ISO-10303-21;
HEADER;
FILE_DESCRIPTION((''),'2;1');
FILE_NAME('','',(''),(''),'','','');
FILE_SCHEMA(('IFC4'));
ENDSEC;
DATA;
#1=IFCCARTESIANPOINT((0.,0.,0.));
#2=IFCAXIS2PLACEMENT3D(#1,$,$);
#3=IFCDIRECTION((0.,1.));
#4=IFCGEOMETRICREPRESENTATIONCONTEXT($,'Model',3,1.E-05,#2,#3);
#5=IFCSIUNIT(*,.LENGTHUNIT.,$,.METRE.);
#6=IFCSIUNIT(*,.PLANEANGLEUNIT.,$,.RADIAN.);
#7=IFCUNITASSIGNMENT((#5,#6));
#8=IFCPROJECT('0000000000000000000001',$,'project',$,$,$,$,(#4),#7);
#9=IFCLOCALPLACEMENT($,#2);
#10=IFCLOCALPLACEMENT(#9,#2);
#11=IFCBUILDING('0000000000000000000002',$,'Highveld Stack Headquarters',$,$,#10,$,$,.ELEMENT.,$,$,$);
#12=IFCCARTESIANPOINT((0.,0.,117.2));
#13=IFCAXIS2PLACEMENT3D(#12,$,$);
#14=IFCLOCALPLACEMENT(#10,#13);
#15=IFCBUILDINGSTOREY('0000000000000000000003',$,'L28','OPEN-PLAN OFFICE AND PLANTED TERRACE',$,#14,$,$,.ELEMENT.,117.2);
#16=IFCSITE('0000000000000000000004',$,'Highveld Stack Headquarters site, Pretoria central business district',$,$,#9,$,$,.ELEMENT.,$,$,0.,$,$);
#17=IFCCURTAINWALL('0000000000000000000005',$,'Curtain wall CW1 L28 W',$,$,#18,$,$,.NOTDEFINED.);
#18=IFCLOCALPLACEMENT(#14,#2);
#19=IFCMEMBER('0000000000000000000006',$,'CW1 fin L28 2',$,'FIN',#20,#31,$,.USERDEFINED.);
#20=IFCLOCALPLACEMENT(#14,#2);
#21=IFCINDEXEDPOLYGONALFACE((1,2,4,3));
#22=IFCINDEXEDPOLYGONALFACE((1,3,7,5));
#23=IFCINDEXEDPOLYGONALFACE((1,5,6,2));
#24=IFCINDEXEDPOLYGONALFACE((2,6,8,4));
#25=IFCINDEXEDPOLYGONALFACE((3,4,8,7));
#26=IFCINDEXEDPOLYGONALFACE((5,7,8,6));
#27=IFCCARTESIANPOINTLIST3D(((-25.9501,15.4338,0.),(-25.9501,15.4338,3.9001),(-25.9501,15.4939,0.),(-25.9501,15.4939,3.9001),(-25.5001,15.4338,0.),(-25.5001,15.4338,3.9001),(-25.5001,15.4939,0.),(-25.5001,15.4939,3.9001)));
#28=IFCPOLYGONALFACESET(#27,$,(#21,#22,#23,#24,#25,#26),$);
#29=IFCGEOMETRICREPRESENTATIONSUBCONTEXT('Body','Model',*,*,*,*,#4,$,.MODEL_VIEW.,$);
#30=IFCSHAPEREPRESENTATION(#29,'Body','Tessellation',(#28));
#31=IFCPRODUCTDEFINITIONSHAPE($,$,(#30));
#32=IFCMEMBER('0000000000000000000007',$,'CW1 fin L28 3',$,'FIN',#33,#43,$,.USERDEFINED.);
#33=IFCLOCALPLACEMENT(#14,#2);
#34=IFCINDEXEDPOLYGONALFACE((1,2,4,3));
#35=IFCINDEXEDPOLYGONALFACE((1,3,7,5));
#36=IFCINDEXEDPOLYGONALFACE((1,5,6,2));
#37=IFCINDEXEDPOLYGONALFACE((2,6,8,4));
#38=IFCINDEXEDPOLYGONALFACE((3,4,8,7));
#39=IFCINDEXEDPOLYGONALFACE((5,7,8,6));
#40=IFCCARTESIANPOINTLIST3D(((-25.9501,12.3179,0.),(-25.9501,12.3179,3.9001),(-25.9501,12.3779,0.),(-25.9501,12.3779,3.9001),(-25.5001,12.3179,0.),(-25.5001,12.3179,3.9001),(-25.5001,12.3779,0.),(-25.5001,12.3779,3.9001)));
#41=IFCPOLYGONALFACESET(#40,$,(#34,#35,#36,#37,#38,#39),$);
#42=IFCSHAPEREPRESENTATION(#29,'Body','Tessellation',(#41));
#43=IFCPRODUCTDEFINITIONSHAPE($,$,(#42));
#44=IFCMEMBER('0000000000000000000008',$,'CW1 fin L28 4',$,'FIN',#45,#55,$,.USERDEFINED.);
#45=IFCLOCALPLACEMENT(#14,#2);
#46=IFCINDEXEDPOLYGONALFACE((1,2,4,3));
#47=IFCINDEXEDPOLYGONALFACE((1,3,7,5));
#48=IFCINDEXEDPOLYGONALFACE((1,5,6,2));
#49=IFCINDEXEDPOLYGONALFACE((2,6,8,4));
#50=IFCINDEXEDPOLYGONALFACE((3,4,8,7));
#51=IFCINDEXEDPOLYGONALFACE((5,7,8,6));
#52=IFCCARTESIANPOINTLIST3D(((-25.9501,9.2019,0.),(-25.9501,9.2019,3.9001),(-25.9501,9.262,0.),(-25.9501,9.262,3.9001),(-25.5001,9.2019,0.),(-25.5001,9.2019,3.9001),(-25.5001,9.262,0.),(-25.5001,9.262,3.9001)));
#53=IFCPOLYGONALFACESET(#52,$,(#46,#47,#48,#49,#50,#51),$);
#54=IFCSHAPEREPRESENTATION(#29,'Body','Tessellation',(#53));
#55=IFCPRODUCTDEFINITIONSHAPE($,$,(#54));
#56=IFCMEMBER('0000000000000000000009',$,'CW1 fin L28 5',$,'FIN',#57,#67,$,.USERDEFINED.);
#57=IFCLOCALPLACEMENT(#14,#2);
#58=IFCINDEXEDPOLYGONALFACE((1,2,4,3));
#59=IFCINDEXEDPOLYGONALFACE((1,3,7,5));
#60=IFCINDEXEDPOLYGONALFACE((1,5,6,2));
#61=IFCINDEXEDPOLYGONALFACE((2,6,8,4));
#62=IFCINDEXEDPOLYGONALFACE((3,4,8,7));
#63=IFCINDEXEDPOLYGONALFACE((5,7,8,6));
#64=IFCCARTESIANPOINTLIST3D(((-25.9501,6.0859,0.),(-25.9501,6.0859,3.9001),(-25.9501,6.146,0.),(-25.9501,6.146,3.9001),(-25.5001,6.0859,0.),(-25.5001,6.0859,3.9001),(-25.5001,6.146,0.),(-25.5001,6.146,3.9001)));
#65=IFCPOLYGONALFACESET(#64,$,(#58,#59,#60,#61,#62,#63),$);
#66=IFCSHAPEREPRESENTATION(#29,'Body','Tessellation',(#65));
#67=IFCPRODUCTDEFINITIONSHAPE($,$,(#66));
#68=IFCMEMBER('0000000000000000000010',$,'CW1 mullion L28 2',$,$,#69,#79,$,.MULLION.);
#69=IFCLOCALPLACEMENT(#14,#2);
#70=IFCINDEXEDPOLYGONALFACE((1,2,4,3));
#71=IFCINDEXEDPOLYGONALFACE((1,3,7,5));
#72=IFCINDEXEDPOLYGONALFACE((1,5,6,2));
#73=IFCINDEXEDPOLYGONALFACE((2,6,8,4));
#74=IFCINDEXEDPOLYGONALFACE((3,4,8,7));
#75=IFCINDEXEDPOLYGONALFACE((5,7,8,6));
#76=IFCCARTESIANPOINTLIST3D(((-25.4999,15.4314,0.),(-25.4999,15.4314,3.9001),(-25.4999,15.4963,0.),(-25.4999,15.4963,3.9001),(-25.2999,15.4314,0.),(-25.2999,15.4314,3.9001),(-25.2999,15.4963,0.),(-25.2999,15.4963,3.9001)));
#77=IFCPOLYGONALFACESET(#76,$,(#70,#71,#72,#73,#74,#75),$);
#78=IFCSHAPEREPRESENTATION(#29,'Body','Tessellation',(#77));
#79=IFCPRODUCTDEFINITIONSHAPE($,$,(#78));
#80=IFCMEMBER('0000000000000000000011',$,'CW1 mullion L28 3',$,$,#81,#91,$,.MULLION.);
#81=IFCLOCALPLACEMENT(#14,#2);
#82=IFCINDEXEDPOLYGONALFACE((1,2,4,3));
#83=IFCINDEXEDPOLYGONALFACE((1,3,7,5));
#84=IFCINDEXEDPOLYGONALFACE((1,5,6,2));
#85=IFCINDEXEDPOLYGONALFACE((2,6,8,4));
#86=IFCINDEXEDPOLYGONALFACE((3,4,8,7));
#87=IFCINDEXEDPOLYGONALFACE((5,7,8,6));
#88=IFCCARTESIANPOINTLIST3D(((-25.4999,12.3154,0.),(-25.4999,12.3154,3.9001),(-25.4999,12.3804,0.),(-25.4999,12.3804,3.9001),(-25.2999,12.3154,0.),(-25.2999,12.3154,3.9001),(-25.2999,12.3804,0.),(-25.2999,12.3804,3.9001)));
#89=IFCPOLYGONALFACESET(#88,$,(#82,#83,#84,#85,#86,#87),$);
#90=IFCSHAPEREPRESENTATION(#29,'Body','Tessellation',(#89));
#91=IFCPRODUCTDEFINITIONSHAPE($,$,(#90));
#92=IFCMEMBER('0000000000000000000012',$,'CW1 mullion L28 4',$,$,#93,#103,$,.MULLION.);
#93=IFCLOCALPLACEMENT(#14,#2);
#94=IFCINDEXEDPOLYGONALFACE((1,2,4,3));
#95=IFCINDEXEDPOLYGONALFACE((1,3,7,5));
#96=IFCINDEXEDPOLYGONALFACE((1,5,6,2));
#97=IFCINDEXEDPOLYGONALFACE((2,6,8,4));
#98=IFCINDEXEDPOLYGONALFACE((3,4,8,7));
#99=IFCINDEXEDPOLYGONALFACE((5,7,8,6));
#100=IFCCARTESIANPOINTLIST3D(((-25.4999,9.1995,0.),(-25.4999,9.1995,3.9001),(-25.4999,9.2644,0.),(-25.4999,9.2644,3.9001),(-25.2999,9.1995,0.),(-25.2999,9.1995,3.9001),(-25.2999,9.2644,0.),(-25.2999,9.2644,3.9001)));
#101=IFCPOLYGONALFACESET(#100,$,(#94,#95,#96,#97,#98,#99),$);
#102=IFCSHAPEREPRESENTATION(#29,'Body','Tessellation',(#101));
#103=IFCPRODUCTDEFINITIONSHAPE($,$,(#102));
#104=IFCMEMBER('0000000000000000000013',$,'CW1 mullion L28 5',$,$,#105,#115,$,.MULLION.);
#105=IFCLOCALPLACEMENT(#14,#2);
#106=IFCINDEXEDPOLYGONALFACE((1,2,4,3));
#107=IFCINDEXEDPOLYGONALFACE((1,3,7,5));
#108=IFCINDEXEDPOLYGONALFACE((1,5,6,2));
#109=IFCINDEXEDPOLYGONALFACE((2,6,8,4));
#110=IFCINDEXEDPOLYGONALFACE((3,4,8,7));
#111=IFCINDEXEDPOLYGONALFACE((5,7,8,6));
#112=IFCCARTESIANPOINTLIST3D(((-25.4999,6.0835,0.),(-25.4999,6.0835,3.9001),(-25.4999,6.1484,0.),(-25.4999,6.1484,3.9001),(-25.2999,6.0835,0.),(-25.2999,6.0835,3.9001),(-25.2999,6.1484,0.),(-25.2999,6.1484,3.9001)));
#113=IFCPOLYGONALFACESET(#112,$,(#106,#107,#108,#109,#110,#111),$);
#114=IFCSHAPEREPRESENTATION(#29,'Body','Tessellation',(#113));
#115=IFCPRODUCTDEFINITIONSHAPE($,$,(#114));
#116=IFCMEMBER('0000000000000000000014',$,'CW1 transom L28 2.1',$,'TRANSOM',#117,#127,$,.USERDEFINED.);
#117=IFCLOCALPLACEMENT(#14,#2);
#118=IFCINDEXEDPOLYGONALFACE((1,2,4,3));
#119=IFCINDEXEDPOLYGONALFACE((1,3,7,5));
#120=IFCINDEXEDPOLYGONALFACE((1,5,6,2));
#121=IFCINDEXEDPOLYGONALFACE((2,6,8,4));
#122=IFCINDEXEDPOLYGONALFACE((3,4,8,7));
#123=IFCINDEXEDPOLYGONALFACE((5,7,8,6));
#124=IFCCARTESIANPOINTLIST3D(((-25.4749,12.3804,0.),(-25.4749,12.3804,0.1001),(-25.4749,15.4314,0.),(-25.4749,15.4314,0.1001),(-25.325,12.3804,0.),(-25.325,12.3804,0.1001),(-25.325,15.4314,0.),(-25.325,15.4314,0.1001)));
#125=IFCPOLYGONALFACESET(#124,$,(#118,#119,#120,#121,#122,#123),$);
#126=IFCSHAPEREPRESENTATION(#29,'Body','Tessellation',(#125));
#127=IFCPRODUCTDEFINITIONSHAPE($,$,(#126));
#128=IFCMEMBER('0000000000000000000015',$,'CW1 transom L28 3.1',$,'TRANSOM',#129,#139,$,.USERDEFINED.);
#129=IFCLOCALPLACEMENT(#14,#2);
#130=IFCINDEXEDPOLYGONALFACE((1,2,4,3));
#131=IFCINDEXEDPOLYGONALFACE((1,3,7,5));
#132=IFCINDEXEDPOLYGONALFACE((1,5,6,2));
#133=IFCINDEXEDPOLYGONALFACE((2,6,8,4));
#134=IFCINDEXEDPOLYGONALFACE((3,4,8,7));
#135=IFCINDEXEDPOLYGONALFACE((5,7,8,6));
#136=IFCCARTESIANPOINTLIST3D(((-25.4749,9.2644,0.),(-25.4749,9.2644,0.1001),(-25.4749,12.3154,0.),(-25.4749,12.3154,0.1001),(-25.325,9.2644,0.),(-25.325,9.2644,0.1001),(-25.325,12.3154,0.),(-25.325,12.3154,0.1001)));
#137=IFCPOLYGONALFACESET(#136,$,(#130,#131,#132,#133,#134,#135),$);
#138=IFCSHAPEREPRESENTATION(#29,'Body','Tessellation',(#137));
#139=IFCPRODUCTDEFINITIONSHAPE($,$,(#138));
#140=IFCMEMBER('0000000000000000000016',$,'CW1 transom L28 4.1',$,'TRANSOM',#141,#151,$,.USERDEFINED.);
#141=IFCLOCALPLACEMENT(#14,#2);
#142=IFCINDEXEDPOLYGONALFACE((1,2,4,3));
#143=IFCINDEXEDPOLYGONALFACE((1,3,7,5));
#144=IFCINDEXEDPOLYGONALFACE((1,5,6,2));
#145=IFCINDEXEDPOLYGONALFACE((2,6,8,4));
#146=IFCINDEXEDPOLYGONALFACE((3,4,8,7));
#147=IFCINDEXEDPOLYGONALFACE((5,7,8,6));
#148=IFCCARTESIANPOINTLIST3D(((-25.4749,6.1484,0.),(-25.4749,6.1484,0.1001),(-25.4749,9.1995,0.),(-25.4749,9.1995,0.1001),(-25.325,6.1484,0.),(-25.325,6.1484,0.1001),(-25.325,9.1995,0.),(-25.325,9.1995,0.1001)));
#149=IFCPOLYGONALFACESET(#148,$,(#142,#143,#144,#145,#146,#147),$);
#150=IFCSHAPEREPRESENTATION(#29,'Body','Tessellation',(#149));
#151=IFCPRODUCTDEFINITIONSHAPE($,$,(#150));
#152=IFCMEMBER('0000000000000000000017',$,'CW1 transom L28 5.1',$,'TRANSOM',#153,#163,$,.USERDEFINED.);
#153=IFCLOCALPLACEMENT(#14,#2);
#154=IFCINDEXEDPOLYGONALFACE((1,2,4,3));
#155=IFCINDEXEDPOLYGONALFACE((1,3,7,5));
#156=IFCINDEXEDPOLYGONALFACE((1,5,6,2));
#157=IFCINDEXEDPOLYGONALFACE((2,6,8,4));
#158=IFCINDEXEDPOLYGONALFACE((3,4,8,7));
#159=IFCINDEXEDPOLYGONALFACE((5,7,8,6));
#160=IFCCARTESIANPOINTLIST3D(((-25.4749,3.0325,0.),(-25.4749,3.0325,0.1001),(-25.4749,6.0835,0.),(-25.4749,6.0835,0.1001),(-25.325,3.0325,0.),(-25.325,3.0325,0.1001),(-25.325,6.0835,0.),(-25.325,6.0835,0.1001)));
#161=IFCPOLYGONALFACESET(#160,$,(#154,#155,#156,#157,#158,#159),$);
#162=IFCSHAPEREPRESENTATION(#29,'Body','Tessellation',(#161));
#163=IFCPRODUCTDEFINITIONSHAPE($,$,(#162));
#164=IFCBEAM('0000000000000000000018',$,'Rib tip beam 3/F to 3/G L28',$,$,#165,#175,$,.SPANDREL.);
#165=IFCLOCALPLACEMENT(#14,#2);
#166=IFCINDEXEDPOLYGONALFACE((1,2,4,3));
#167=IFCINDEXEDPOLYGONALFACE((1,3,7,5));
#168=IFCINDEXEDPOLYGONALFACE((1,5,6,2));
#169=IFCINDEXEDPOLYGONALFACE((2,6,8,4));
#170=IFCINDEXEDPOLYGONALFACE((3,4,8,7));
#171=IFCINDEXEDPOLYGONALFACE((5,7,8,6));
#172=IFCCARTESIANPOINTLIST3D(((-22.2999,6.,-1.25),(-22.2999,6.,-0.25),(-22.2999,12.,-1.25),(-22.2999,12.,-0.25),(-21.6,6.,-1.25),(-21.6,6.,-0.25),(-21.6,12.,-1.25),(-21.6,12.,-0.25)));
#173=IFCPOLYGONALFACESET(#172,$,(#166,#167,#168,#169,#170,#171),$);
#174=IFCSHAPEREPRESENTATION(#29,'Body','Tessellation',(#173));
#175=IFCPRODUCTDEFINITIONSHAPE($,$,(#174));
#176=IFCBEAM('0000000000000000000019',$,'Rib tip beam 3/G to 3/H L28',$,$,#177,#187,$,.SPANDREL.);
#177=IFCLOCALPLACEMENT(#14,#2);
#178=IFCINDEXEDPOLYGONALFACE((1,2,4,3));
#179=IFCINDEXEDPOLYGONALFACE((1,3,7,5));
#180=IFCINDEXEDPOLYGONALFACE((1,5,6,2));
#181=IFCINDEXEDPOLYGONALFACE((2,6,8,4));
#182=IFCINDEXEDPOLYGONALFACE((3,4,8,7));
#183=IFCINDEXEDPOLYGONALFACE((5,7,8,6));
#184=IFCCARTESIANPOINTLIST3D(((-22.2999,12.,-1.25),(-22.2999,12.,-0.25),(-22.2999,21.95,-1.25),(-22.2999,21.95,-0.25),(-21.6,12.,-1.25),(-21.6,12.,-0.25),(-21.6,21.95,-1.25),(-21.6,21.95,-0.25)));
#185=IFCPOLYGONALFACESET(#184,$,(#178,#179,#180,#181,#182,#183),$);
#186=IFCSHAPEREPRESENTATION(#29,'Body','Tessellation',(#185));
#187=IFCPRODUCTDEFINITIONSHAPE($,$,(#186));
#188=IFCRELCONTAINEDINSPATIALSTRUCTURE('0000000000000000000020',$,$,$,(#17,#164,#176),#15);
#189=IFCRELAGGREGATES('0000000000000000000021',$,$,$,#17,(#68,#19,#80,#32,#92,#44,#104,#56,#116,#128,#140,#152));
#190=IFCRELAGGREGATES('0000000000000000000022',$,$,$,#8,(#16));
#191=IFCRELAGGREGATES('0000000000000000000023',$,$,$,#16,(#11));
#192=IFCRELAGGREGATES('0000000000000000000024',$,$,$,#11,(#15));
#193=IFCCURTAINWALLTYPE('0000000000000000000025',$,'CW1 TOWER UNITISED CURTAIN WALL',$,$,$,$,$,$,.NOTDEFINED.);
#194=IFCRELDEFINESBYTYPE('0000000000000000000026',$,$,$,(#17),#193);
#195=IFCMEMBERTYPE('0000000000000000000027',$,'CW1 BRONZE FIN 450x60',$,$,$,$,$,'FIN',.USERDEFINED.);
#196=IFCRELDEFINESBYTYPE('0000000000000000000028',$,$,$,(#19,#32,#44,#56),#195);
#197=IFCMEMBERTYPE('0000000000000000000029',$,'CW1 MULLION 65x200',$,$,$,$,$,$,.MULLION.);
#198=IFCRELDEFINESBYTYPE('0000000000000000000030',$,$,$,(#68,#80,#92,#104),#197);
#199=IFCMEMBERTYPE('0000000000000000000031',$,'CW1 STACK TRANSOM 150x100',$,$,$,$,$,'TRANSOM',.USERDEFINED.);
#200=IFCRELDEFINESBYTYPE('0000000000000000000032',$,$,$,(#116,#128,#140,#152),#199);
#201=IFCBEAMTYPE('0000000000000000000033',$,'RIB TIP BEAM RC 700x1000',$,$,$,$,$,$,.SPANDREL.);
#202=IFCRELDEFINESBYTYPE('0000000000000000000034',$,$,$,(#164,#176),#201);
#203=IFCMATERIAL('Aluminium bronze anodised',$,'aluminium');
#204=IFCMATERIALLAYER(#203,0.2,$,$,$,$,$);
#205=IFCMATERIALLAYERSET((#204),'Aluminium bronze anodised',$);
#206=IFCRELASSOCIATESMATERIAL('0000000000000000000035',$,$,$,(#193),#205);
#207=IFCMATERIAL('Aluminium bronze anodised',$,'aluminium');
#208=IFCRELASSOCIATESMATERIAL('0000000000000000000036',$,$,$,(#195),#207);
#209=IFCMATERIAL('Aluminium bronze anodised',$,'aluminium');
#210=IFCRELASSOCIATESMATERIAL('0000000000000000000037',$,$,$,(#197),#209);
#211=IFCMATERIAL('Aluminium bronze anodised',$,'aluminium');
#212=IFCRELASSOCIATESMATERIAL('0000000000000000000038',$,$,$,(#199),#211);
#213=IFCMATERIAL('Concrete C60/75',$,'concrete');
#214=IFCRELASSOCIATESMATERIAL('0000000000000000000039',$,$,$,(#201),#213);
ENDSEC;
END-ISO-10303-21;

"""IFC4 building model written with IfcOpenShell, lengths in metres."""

from ifc_helpers import new_model, si_unit, direction, frame, origin, origin_2d, place, context, subcontext, project, spatial, rectangle, extrude, material, layer, layer_set, material_profile, profile_set, type_object, element, aggregate, save


model = new_model("IFC4")

# Units and contexts
model_context = context("Model", 3, precision=1e-05, world=origin(), true_north=direction((0.0, 1.0)))
body_context = subcontext(model_context, "Body", "Model", "MODEL_VIEW")
ifc_project = project(units=[si_unit("LENGTHUNIT", "METRE"), si_unit("PLANEANGLEUNIT", "RADIAN")], contexts=[model_context])

# Site, building, storey
site_placement = place(None, origin())
site = spatial("IfcSite", under=ifc_project, at=site_placement, Name="Highveld Stack Headquarters site, Pretoria central business district", CompositionType="ELEMENT", RefElevation=0.0)
building_placement = place(site_placement, origin())
building = spatial("IfcBuilding", under=site, at=building_placement, Name="Highveld Stack Headquarters", CompositionType="ELEMENT")
storey_placement = place(building_placement, frame((0.0, 0.0, 117.2)))
storey = spatial("IfcBuildingStorey", under=building, at=storey_placement, Name="L28", Description="OPEN-PLAN OFFICE AND PLANTED TERRACE", CompositionType="ELEMENT", Elevation=117.2)

# Curtain wall, members
ifc_material_1 = material(Name="Aluminium bronze anodised", Category="aluminium")
ifc_layer_1 = layer(ifc_material_1, 0.2)
ifc_layer_set_1 = layer_set([ifc_layer_1], Name="Aluminium bronze anodised")
curtain_wall_type = type_object("IfcCurtainWallType", Name="CW1 TOWER UNITISED CURTAIN WALL", PredefinedType="NOTDEFINED", material=ifc_layer_set_1)
curtain_wall_placement = place(storey_placement, origin())
curtain_wall = element("IfcCurtainWall", 1, at=curtain_wall_placement, inside=storey, type_object=curtain_wall_type, Name="Curtain wall CW1 L28 W", PredefinedType="NOTDEFINED")
ifc_material_2 = material(Name="Aluminium bronze anodised", Category="aluminium")
ifc_material_profile_1 = material_profile(ifc_material_2, rectangle(XDim=0.45, YDim=0.0601, at=origin_2d()), Name="FIN 450x60")
ifc_profile_set_1 = profile_set([ifc_material_profile_1], Name="Aluminium bronze anodised")
member_type_1 = type_object("IfcMemberType", Name="CW1 BRONZE FIN 450x60", ElementType="FIN", PredefinedType="USERDEFINED", material=ifc_profile_set_1)
member_1_placement = place(storey_placement, frame((-25.7251, 15.4639, 0.0), z_axis=(0.0, 0.0, 1.0), x_axis=(1.0, 0.0, 0.0)))
member_1 = element("IfcMember", 2, at=member_1_placement, type_object=member_type_1, Name="CW1 fin L28 2", ObjectType="FIN", PredefinedType="USERDEFINED", context=body_context, shape_type="SweptSolid", body=[
    extrude(rectangle(XDim=0.45, YDim=0.0601, at=origin_2d()), origin(), (0.0, 0.0, 1.0), 3.9001),
])
member_2_placement = place(storey_placement, frame((-25.7251, 12.3479, 0.0), z_axis=(0.0, 0.0, 1.0), x_axis=(1.0, 0.0, 0.0)))
member_2 = element("IfcMember", 3, at=member_2_placement, type_object=member_type_1, Name="CW1 fin L28 3", ObjectType="FIN", PredefinedType="USERDEFINED", context=body_context, shape_type="SweptSolid", body=[
    extrude(rectangle(XDim=0.45, YDim=0.0601, at=origin_2d()), origin(), (0.0, 0.0, 1.0), 3.9001),
])
member_3_placement = place(storey_placement, frame((-25.7251, 9.2319, 0.0), z_axis=(0.0, 0.0, 1.0), x_axis=(1.0, 0.0, 0.0)))
member_3 = element("IfcMember", 4, at=member_3_placement, type_object=member_type_1, Name="CW1 fin L28 4", ObjectType="FIN", PredefinedType="USERDEFINED", context=body_context, shape_type="SweptSolid", body=[
    extrude(rectangle(XDim=0.45, YDim=0.0601, at=origin_2d()), origin(), (0.0, 0.0, 1.0), 3.9001),
])
member_4_placement = place(storey_placement, frame((-25.7251, 6.116, 0.0), z_axis=(0.0, 0.0, 1.0), x_axis=(1.0, 0.0, 0.0)))
member_4 = element("IfcMember", 5, at=member_4_placement, type_object=member_type_1, Name="CW1 fin L28 5", ObjectType="FIN", PredefinedType="USERDEFINED", context=body_context, shape_type="SweptSolid", body=[
    extrude(rectangle(XDim=0.45, YDim=0.0601, at=origin_2d()), origin(), (0.0, 0.0, 1.0), 3.9001),
])
ifc_material_3 = material(Name="Aluminium bronze anodised", Category="aluminium")
ifc_material_profile_2 = material_profile(ifc_material_3, rectangle(XDim=0.2, YDim=0.0649, at=origin_2d()), Name="CW1 MULLION 65x200")
ifc_profile_set_2 = profile_set([ifc_material_profile_2], Name="Aluminium bronze anodised")
member_type_2 = type_object("IfcMemberType", Name="CW1 MULLION 65x200", PredefinedType="MULLION", material=ifc_profile_set_2)
member_5_placement = place(storey_placement, frame((-25.3999, 15.4639, 0.0), z_axis=(0.0, 0.0, 1.0), x_axis=(1.0, 0.0, 0.0)))
member_5 = element("IfcMember", 6, at=member_5_placement, type_object=member_type_2, Name="CW1 mullion L28 2", PredefinedType="MULLION", context=body_context, shape_type="SweptSolid", body=[
    extrude(rectangle(XDim=0.2, YDim=0.0649, at=origin_2d()), origin(), (0.0, 0.0, 1.0), 3.9001),
])
member_6_placement = place(storey_placement, frame((-25.3999, 12.3479, 0.0), z_axis=(0.0, 0.0, 1.0), x_axis=(1.0, 0.0, 0.0)))
member_6 = element("IfcMember", 7, at=member_6_placement, type_object=member_type_2, Name="CW1 mullion L28 3", PredefinedType="MULLION", context=body_context, shape_type="SweptSolid", body=[
    extrude(rectangle(XDim=0.2, YDim=0.0649, at=origin_2d()), origin(), (0.0, 0.0, 1.0), 3.9001),
])
member_7_placement = place(storey_placement, frame((-25.3999, 9.2319, 0.0), z_axis=(0.0, 0.0, 1.0), x_axis=(1.0, 0.0, 0.0)))
member_7 = element("IfcMember", 8, at=member_7_placement, type_object=member_type_2, Name="CW1 mullion L28 4", PredefinedType="MULLION", context=body_context, shape_type="SweptSolid", body=[
    extrude(rectangle(XDim=0.2, YDim=0.0649, at=origin_2d()), origin(), (0.0, 0.0, 1.0), 3.9001),
])
member_8_placement = place(storey_placement, frame((-25.3999, 6.116, 0.0), z_axis=(0.0, 0.0, 1.0), x_axis=(1.0, 0.0, 0.0)))
member_8 = element("IfcMember", 9, at=member_8_placement, type_object=member_type_2, Name="CW1 mullion L28 5", PredefinedType="MULLION", context=body_context, shape_type="SweptSolid", body=[
    extrude(rectangle(XDim=0.2, YDim=0.0649, at=origin_2d()), origin(), (0.0, 0.0, 1.0), 3.9001),
])
ifc_material_4 = material(Name="Aluminium bronze anodised", Category="aluminium")
ifc_material_profile_3 = material_profile(ifc_material_4, rectangle(XDim=0.1499, YDim=0.1001, at=origin_2d()), Name="CW1 TRANSOM 150x100")
ifc_profile_set_3 = profile_set([ifc_material_profile_3], Name="Aluminium bronze anodised")
member_type_3 = type_object("IfcMemberType", Name="CW1 STACK TRANSOM 150x100", ElementType="TRANSOM", PredefinedType="USERDEFINED", material=ifc_profile_set_3)
member_9_placement = place(storey_placement, frame((-25.3999, 15.4314, 0.05), z_axis=(0.0, -1.0, 0.0), x_axis=(1.0, 0.0, 0.0)))
member_9 = element("IfcMember", 10, at=member_9_placement, type_object=member_type_3, Name="CW1 transom L28 2.1", ObjectType="TRANSOM", PredefinedType="USERDEFINED", context=body_context, shape_type="SweptSolid", body=[
    extrude(rectangle(XDim=0.1499, YDim=0.1001, at=origin_2d()), origin(), (0.0, 0.0, 1.0), 3.051),
])
member_10_placement = place(storey_placement, frame((-25.3999, 12.3154, 0.05), z_axis=(0.0, -1.0, 0.0), x_axis=(1.0, 0.0, 0.0)))
member_10 = element("IfcMember", 11, at=member_10_placement, type_object=member_type_3, Name="CW1 transom L28 3.1", ObjectType="TRANSOM", PredefinedType="USERDEFINED", context=body_context, shape_type="SweptSolid", body=[
    extrude(rectangle(XDim=0.1499, YDim=0.1001, at=origin_2d()), origin(), (0.0, 0.0, 1.0), 3.051),
])
member_11_placement = place(storey_placement, frame((-25.3999, 9.1995, 0.05), z_axis=(0.0, -1.0, 0.0), x_axis=(1.0, 0.0, 0.0)))
member_11 = element("IfcMember", 12, at=member_11_placement, type_object=member_type_3, Name="CW1 transom L28 4.1", ObjectType="TRANSOM", PredefinedType="USERDEFINED", context=body_context, shape_type="SweptSolid", body=[
    extrude(rectangle(XDim=0.1499, YDim=0.1001, at=origin_2d()), origin(), (0.0, 0.0, 1.0), 3.051),
])
member_12_placement = place(storey_placement, frame((-25.3999, 6.0835, 0.05), z_axis=(0.0, -1.0, 0.0), x_axis=(1.0, 0.0, 0.0)))
member_12 = element("IfcMember", 13, at=member_12_placement, type_object=member_type_3, Name="CW1 transom L28 5.1", ObjectType="TRANSOM", PredefinedType="USERDEFINED", context=body_context, shape_type="SweptSolid", body=[
    extrude(rectangle(XDim=0.1499, YDim=0.1001, at=origin_2d()), origin(), (0.0, 0.0, 1.0), 3.051),
])

# Beams
ifc_material_5 = material(Name="Concrete C60/75", Category="concrete")
ifc_material_profile_4 = material_profile(ifc_material_5, rectangle(XDim=0.7, YDim=1.0, at=origin_2d()), Name="RC 700x1000")
ifc_profile_set_4 = profile_set([ifc_material_profile_4], Name="Concrete C60/75")
beam_type = type_object("IfcBeamType", Name="RIB TIP BEAM RC 700x1000", PredefinedType="SPANDREL", material=ifc_profile_set_4)
beam_1_placement = place(storey_placement, frame((-21.95, 6.0, -0.75), z_axis=(0.0, 1.0, 0.0), x_axis=(-1.0, 0.0, 0.0)))
element("IfcBeam", 14, at=beam_1_placement, inside=storey, type_object=beam_type, Name="Rib tip beam 3/F to 3/G L28", PredefinedType="SPANDREL", context=body_context, shape_type="SweptSolid", body=[
    extrude(rectangle(XDim=0.7, YDim=1.0, at=origin_2d()), origin(), (0.0, 0.0, 1.0), 6.0),
])
beam_2_placement = place(storey_placement, frame((-21.95, 12.0, -0.75), z_axis=(0.0, 1.0, 0.0), x_axis=(-1.0, 0.0, 0.0)))
element("IfcBeam", 15, at=beam_2_placement, inside=storey, type_object=beam_type, Name="Rib tip beam 3/G to 3/H L28", PredefinedType="SPANDREL", context=body_context, shape_type="SweptSolid", body=[
    extrude(rectangle(XDim=0.7, YDim=1.0, at=origin_2d()), origin(), (0.0, 0.0, 1.0), 9.95),
])

aggregate(curtain_wall, [member_5, member_1, member_6, member_2, member_7, member_3, member_8, member_4, member_9, member_10, member_11, member_12])

save(model, "model.ifc")
